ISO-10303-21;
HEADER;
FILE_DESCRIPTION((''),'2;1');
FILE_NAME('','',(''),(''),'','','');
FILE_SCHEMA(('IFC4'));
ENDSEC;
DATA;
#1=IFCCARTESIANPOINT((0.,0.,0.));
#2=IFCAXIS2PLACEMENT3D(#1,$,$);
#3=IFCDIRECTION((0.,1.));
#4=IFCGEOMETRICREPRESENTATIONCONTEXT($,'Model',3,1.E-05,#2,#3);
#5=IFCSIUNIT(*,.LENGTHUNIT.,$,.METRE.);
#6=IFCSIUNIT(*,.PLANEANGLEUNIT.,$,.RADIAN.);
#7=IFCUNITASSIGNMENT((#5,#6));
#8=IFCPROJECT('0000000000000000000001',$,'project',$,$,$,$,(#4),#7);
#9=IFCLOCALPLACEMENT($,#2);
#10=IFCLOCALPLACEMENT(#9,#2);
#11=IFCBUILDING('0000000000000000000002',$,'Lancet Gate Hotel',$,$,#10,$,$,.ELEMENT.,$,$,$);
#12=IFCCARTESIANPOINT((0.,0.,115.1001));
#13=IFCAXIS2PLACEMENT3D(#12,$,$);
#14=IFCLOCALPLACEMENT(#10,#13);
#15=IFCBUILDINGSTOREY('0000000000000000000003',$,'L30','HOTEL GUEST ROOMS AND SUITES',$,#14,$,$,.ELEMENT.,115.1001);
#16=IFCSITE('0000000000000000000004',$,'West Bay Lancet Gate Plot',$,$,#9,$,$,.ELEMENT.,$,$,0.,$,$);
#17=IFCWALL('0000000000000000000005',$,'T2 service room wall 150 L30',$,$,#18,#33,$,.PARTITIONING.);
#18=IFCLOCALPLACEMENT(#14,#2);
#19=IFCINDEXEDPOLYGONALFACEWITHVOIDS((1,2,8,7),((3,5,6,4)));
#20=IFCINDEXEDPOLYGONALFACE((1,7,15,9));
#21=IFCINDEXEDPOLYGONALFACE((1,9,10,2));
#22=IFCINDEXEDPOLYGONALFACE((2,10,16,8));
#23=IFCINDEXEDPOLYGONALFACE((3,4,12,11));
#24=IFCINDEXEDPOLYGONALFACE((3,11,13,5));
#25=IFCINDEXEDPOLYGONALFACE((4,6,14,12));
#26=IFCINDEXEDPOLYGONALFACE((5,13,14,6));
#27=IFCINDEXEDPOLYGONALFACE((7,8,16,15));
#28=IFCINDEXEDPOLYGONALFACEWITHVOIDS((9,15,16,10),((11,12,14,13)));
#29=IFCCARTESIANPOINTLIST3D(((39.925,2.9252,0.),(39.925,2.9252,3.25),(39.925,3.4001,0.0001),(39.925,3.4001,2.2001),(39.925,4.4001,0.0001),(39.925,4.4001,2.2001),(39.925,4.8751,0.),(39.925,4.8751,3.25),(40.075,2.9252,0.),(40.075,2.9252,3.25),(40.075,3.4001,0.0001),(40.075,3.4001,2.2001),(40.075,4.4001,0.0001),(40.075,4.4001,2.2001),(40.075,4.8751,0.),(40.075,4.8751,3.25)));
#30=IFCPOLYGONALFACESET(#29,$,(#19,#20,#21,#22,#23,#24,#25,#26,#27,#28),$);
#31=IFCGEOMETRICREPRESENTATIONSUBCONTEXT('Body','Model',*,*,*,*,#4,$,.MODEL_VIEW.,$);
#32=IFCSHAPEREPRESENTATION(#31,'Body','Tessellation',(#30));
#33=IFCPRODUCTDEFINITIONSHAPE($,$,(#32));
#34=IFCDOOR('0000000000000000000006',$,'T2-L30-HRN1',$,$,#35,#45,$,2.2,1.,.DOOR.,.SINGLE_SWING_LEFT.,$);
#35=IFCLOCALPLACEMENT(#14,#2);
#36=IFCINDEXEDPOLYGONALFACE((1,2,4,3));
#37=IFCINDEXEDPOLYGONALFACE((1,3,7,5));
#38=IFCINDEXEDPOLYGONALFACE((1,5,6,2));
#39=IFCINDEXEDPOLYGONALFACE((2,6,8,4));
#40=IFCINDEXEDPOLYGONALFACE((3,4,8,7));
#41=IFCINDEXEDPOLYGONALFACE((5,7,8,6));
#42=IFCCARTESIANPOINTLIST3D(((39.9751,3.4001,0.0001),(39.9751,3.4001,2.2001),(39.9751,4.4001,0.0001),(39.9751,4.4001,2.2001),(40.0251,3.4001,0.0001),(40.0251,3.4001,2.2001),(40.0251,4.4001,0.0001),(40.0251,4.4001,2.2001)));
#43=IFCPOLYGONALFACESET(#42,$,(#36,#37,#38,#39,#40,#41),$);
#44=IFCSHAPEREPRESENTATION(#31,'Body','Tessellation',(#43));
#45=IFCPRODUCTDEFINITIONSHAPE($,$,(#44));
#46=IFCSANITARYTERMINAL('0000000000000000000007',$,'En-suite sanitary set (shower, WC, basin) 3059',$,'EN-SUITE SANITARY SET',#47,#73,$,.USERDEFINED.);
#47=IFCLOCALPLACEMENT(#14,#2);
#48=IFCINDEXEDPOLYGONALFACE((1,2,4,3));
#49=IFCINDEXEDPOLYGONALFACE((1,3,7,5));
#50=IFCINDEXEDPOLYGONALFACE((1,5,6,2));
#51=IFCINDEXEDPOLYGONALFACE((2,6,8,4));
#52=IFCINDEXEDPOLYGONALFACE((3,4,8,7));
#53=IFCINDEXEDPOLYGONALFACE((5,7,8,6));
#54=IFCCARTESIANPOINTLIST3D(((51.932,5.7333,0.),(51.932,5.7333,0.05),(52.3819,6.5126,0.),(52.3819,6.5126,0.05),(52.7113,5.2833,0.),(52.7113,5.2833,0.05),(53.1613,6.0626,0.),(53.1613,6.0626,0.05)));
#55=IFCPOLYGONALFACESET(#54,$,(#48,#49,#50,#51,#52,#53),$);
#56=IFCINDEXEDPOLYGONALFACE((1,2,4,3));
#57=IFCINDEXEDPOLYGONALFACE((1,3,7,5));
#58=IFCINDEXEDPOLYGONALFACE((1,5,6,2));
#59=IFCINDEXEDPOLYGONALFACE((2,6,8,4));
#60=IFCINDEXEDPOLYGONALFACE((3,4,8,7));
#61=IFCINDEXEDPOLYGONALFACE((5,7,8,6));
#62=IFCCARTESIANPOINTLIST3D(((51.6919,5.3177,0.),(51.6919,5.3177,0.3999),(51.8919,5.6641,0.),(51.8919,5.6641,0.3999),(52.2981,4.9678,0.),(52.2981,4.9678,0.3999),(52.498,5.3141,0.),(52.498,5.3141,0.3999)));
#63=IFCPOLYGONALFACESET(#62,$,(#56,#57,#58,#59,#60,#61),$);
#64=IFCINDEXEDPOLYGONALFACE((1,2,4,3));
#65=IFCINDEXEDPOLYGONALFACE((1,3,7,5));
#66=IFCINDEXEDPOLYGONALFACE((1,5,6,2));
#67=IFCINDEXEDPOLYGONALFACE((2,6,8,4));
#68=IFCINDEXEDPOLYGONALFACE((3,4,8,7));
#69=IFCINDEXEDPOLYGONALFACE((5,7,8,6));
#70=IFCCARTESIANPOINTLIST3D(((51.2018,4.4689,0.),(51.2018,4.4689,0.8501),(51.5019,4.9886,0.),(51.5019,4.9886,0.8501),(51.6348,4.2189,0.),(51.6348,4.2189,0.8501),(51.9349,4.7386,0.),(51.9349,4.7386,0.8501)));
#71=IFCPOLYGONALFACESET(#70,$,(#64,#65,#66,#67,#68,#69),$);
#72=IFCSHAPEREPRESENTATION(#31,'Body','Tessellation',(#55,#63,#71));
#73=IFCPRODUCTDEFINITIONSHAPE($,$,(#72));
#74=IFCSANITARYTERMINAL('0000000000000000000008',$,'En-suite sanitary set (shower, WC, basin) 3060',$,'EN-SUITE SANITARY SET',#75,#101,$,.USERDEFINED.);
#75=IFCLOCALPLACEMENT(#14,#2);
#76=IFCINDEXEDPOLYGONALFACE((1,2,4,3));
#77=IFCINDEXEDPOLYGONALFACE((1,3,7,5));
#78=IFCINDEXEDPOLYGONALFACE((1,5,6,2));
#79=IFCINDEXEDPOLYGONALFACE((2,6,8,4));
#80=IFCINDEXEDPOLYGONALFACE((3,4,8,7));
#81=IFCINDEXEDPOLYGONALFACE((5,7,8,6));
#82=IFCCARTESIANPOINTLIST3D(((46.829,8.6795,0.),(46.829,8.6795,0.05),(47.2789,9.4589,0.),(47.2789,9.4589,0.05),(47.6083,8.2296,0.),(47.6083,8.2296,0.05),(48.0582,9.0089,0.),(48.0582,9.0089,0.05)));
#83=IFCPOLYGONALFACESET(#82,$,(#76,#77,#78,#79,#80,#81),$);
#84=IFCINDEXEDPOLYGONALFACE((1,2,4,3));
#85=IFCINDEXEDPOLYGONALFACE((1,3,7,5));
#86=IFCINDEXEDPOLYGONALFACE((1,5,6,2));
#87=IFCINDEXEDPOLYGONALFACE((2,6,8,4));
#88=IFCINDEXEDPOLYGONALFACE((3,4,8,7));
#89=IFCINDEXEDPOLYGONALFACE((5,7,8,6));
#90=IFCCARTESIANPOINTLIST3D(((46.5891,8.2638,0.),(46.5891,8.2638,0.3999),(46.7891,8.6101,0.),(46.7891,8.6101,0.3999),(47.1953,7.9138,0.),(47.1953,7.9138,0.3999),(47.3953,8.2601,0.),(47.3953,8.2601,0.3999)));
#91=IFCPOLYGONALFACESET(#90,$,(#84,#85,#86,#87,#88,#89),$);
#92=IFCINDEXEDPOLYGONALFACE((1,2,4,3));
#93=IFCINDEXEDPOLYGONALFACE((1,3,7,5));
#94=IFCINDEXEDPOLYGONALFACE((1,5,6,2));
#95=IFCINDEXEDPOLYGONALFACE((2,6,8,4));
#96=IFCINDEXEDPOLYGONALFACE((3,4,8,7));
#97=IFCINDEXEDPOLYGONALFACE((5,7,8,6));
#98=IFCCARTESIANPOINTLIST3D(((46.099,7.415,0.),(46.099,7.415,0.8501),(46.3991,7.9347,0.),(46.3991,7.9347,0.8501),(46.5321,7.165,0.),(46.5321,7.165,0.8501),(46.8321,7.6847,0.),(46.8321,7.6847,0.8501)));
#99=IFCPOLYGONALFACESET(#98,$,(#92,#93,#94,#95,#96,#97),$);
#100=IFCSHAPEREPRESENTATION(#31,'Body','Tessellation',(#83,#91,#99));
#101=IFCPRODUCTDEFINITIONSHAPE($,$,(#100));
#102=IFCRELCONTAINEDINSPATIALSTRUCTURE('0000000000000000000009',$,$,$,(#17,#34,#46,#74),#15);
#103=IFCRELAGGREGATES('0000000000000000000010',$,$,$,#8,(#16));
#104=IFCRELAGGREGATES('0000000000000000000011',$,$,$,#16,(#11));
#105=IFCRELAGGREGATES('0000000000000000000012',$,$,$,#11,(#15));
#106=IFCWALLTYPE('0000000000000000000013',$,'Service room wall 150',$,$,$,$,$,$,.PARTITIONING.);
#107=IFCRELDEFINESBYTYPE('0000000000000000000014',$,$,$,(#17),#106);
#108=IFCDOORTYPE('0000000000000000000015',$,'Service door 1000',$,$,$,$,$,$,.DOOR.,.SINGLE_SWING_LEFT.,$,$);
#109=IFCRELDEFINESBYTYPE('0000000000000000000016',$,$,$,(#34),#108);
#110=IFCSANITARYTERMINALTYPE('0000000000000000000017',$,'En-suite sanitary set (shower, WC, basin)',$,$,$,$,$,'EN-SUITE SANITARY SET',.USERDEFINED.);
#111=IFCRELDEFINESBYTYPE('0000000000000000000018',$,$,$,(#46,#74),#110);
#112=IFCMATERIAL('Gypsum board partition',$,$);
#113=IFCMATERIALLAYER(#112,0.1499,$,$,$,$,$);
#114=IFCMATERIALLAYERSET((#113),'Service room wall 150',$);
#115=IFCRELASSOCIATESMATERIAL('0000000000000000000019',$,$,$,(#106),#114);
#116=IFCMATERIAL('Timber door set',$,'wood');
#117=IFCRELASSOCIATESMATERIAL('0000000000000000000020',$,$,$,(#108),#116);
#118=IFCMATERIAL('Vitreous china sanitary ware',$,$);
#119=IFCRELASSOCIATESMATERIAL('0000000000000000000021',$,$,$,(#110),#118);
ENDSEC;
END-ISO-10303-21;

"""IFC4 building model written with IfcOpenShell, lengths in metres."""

from ifc_helpers import new_model, si_unit, direction, frame, frame_2d, origin, origin_2d, place, context, subcontext, project, spatial, rectangle, extrude, material, layer, layer_set, type_object, element, fill, save


model = new_model("IFC4")

# Units and contexts
model_context = context("Model", 3, precision=1e-05, world=origin(), true_north=direction((0.0, 1.0)))
body_context = subcontext(model_context, "Body", "Model", "MODEL_VIEW")
ifc_project = project(units=[si_unit("LENGTHUNIT", "METRE"), si_unit("PLANEANGLEUNIT", "RADIAN")], contexts=[model_context])

# Site, building, storey
site_placement = place(None, origin())
site = spatial("IfcSite", under=ifc_project, at=site_placement, Name="West Bay Lancet Gate Plot", CompositionType="ELEMENT", RefElevation=0.0)
building_placement = place(site_placement, origin())
building = spatial("IfcBuilding", under=site, at=building_placement, Name="Lancet Gate Hotel", CompositionType="ELEMENT")
storey_placement = place(building_placement, frame((0.0, 0.0, 115.1001)))
storey = spatial("IfcBuildingStorey", under=building, at=storey_placement, Name="L30", Description="HOTEL GUEST ROOMS AND SUITES", CompositionType="ELEMENT", Elevation=115.1001)

# Wall, opening, door
ifc_material_1 = material(Name="Gypsum board partition")
ifc_layer_1 = layer(ifc_material_1, 0.1499)
ifc_layer_set_1 = layer_set([ifc_layer_1], Name="Service room wall 150")
wall_type_1 = type_object("IfcWallType", Name="Service room wall 150", PredefinedType="PARTITIONING", material=ifc_layer_set_1)
wall_1_placement = place(storey_placement, frame((40.0, 2.925, 0.0), z_axis=(0.0, 0.0, 1.0), x_axis=(0.0, 1.0, 0.0)))
wall_1 = element("IfcWall", 1, at=wall_1_placement, inside=storey, type_object=wall_type_1, Name="T2 service room wall 150 L30", PredefinedType="PARTITIONING", context=body_context, shape_type="SweptSolid", body=[
    extrude(rectangle(XDim=1.95, YDim=0.1499, at=frame_2d((0.9751, 0.0))), origin(), (0.0, 0.0, 1.0), 3.25),
])
opening_1_placement = place(wall_1_placement, frame((0.4751, 0.0, 0.0)))
opening_1 = element("IfcOpeningElement", 2, at=opening_1_placement, cuts=wall_1, PredefinedType="OPENING", context=body_context, shape_type="SweptSolid", body=[
    extrude(rectangle(XDim=1.0, YDim=2.2, at=frame_2d((0.5, 1.1001))), frame((0.0, 0.085, 0.0), z_axis=(0.0, -1.0, 0.0), x_axis=(1.0, 0.0, 0.0)), (0.0, 0.0, 1.0), 0.1699),
])
ifc_material_2 = material(Name="Timber door set", Category="wood")
door_type_1 = type_object("IfcDoorType", Name="Service door 1000", OperationType="SINGLE_SWING_LEFT", PredefinedType="DOOR", material=ifc_material_2)
door_1_placement = place(opening_1_placement, origin())
door_1 = element("IfcDoor", 3, at=door_1_placement, inside=storey, type_object=door_type_1, Name="T2-L30-HRN1", OperationType="SINGLE_SWING_LEFT", OverallHeight=2.2, OverallWidth=1.0, PredefinedType="DOOR", context=body_context, shape_type="SweptSolid", body=[
    extrude(rectangle(XDim=1.0, YDim=2.2, at=frame_2d((0.5, 1.1001))), frame((0.0, 0.0249, 0.0), z_axis=(0.0, -1.0, 0.0), x_axis=(1.0, 0.0, 0.0)), (0.0, 0.0, 1.0), 0.05),
])
fill(opening_1, door_1)

# Sanitary terminals
ifc_material_3 = material(Name="Vitreous china sanitary ware")
sanitary_terminal_type = type_object("IfcSanitaryTerminalType", Name="En-suite sanitary set (shower, WC, basin)", ElementType="EN-SUITE SANITARY SET", PredefinedType="USERDEFINED", material=ifc_material_3)
sanitary_terminal_1_placement = place(storey_placement, frame((52.5466, 5.8979, 0.0), z_axis=(0.0, 0.0, 1.0), x_axis=(1.0, 0.0, 0.0)))
element("IfcSanitaryTerminal", 4, at=sanitary_terminal_1_placement, inside=storey, type_object=sanitary_terminal_type, Name="En-suite sanitary set (shower, WC, basin) 3059", ObjectType="EN-SUITE SANITARY SET", PredefinedType="USERDEFINED", context=body_context, shape_type="SweptSolid", body=[
    extrude(rectangle(XDim=0.8999, YDim=0.8999, at=origin_2d()), frame((0.0, 0.0, 0.0), z_axis=(0.0, 0.0, 1.0), x_axis=(0.5, 0.866025, 0.0)), (0.0, 0.0, 1.0), 0.05),
    extrude(rectangle(XDim=0.3999, YDim=0.7, at=origin_2d()), frame((-0.4517, -0.582, 0.0), z_axis=(0.0, 0.0, 1.0), x_axis=(0.5, 0.866025, 0.0)), (0.0, 0.0, 1.0), 0.3999),
    extrude(rectangle(XDim=0.6001, YDim=0.5, at=origin_2d()), frame((-0.9783, -1.2942, 0.0), z_axis=(0.0, 0.0, 1.0), x_axis=(0.5, 0.866025, 0.0)), (0.0, 0.0, 1.0), 0.8501),
])
sanitary_terminal_2_placement = place(storey_placement, frame((47.4436, 8.8442, 0.0), z_axis=(0.0, 0.0, 1.0), x_axis=(1.0, 0.0, 0.0)))
element("IfcSanitaryTerminal", 5, at=sanitary_terminal_2_placement, inside=storey, type_object=sanitary_terminal_type, Name="En-suite sanitary set (shower, WC, basin) 3060", ObjectType="EN-SUITE SANITARY SET", PredefinedType="USERDEFINED", context=body_context, shape_type="SweptSolid", body=[
    extrude(rectangle(XDim=0.8999, YDim=0.8999, at=origin_2d()), frame((0.0, 0.0, 0.0), z_axis=(0.0, 0.0, 1.0), x_axis=(0.5, 0.866025, 0.0)), (0.0, 0.0, 1.0), 0.05),
    extrude(rectangle(XDim=0.3999, YDim=0.7, at=origin_2d()), frame((-0.4514, -0.5823, 0.0), z_axis=(0.0, 0.0, 1.0), x_axis=(0.5, 0.866025, 0.0)), (0.0, 0.0, 1.0), 0.3999),
    extrude(rectangle(XDim=0.6001, YDim=0.5, at=origin_2d()), frame((-0.978, -1.2944, 0.0), z_axis=(0.0, 0.0, 1.0), x_axis=(0.5, 0.866025, 0.0)), (0.0, 0.0, 1.0), 0.8501),
])

save(model, "model.ifc")
